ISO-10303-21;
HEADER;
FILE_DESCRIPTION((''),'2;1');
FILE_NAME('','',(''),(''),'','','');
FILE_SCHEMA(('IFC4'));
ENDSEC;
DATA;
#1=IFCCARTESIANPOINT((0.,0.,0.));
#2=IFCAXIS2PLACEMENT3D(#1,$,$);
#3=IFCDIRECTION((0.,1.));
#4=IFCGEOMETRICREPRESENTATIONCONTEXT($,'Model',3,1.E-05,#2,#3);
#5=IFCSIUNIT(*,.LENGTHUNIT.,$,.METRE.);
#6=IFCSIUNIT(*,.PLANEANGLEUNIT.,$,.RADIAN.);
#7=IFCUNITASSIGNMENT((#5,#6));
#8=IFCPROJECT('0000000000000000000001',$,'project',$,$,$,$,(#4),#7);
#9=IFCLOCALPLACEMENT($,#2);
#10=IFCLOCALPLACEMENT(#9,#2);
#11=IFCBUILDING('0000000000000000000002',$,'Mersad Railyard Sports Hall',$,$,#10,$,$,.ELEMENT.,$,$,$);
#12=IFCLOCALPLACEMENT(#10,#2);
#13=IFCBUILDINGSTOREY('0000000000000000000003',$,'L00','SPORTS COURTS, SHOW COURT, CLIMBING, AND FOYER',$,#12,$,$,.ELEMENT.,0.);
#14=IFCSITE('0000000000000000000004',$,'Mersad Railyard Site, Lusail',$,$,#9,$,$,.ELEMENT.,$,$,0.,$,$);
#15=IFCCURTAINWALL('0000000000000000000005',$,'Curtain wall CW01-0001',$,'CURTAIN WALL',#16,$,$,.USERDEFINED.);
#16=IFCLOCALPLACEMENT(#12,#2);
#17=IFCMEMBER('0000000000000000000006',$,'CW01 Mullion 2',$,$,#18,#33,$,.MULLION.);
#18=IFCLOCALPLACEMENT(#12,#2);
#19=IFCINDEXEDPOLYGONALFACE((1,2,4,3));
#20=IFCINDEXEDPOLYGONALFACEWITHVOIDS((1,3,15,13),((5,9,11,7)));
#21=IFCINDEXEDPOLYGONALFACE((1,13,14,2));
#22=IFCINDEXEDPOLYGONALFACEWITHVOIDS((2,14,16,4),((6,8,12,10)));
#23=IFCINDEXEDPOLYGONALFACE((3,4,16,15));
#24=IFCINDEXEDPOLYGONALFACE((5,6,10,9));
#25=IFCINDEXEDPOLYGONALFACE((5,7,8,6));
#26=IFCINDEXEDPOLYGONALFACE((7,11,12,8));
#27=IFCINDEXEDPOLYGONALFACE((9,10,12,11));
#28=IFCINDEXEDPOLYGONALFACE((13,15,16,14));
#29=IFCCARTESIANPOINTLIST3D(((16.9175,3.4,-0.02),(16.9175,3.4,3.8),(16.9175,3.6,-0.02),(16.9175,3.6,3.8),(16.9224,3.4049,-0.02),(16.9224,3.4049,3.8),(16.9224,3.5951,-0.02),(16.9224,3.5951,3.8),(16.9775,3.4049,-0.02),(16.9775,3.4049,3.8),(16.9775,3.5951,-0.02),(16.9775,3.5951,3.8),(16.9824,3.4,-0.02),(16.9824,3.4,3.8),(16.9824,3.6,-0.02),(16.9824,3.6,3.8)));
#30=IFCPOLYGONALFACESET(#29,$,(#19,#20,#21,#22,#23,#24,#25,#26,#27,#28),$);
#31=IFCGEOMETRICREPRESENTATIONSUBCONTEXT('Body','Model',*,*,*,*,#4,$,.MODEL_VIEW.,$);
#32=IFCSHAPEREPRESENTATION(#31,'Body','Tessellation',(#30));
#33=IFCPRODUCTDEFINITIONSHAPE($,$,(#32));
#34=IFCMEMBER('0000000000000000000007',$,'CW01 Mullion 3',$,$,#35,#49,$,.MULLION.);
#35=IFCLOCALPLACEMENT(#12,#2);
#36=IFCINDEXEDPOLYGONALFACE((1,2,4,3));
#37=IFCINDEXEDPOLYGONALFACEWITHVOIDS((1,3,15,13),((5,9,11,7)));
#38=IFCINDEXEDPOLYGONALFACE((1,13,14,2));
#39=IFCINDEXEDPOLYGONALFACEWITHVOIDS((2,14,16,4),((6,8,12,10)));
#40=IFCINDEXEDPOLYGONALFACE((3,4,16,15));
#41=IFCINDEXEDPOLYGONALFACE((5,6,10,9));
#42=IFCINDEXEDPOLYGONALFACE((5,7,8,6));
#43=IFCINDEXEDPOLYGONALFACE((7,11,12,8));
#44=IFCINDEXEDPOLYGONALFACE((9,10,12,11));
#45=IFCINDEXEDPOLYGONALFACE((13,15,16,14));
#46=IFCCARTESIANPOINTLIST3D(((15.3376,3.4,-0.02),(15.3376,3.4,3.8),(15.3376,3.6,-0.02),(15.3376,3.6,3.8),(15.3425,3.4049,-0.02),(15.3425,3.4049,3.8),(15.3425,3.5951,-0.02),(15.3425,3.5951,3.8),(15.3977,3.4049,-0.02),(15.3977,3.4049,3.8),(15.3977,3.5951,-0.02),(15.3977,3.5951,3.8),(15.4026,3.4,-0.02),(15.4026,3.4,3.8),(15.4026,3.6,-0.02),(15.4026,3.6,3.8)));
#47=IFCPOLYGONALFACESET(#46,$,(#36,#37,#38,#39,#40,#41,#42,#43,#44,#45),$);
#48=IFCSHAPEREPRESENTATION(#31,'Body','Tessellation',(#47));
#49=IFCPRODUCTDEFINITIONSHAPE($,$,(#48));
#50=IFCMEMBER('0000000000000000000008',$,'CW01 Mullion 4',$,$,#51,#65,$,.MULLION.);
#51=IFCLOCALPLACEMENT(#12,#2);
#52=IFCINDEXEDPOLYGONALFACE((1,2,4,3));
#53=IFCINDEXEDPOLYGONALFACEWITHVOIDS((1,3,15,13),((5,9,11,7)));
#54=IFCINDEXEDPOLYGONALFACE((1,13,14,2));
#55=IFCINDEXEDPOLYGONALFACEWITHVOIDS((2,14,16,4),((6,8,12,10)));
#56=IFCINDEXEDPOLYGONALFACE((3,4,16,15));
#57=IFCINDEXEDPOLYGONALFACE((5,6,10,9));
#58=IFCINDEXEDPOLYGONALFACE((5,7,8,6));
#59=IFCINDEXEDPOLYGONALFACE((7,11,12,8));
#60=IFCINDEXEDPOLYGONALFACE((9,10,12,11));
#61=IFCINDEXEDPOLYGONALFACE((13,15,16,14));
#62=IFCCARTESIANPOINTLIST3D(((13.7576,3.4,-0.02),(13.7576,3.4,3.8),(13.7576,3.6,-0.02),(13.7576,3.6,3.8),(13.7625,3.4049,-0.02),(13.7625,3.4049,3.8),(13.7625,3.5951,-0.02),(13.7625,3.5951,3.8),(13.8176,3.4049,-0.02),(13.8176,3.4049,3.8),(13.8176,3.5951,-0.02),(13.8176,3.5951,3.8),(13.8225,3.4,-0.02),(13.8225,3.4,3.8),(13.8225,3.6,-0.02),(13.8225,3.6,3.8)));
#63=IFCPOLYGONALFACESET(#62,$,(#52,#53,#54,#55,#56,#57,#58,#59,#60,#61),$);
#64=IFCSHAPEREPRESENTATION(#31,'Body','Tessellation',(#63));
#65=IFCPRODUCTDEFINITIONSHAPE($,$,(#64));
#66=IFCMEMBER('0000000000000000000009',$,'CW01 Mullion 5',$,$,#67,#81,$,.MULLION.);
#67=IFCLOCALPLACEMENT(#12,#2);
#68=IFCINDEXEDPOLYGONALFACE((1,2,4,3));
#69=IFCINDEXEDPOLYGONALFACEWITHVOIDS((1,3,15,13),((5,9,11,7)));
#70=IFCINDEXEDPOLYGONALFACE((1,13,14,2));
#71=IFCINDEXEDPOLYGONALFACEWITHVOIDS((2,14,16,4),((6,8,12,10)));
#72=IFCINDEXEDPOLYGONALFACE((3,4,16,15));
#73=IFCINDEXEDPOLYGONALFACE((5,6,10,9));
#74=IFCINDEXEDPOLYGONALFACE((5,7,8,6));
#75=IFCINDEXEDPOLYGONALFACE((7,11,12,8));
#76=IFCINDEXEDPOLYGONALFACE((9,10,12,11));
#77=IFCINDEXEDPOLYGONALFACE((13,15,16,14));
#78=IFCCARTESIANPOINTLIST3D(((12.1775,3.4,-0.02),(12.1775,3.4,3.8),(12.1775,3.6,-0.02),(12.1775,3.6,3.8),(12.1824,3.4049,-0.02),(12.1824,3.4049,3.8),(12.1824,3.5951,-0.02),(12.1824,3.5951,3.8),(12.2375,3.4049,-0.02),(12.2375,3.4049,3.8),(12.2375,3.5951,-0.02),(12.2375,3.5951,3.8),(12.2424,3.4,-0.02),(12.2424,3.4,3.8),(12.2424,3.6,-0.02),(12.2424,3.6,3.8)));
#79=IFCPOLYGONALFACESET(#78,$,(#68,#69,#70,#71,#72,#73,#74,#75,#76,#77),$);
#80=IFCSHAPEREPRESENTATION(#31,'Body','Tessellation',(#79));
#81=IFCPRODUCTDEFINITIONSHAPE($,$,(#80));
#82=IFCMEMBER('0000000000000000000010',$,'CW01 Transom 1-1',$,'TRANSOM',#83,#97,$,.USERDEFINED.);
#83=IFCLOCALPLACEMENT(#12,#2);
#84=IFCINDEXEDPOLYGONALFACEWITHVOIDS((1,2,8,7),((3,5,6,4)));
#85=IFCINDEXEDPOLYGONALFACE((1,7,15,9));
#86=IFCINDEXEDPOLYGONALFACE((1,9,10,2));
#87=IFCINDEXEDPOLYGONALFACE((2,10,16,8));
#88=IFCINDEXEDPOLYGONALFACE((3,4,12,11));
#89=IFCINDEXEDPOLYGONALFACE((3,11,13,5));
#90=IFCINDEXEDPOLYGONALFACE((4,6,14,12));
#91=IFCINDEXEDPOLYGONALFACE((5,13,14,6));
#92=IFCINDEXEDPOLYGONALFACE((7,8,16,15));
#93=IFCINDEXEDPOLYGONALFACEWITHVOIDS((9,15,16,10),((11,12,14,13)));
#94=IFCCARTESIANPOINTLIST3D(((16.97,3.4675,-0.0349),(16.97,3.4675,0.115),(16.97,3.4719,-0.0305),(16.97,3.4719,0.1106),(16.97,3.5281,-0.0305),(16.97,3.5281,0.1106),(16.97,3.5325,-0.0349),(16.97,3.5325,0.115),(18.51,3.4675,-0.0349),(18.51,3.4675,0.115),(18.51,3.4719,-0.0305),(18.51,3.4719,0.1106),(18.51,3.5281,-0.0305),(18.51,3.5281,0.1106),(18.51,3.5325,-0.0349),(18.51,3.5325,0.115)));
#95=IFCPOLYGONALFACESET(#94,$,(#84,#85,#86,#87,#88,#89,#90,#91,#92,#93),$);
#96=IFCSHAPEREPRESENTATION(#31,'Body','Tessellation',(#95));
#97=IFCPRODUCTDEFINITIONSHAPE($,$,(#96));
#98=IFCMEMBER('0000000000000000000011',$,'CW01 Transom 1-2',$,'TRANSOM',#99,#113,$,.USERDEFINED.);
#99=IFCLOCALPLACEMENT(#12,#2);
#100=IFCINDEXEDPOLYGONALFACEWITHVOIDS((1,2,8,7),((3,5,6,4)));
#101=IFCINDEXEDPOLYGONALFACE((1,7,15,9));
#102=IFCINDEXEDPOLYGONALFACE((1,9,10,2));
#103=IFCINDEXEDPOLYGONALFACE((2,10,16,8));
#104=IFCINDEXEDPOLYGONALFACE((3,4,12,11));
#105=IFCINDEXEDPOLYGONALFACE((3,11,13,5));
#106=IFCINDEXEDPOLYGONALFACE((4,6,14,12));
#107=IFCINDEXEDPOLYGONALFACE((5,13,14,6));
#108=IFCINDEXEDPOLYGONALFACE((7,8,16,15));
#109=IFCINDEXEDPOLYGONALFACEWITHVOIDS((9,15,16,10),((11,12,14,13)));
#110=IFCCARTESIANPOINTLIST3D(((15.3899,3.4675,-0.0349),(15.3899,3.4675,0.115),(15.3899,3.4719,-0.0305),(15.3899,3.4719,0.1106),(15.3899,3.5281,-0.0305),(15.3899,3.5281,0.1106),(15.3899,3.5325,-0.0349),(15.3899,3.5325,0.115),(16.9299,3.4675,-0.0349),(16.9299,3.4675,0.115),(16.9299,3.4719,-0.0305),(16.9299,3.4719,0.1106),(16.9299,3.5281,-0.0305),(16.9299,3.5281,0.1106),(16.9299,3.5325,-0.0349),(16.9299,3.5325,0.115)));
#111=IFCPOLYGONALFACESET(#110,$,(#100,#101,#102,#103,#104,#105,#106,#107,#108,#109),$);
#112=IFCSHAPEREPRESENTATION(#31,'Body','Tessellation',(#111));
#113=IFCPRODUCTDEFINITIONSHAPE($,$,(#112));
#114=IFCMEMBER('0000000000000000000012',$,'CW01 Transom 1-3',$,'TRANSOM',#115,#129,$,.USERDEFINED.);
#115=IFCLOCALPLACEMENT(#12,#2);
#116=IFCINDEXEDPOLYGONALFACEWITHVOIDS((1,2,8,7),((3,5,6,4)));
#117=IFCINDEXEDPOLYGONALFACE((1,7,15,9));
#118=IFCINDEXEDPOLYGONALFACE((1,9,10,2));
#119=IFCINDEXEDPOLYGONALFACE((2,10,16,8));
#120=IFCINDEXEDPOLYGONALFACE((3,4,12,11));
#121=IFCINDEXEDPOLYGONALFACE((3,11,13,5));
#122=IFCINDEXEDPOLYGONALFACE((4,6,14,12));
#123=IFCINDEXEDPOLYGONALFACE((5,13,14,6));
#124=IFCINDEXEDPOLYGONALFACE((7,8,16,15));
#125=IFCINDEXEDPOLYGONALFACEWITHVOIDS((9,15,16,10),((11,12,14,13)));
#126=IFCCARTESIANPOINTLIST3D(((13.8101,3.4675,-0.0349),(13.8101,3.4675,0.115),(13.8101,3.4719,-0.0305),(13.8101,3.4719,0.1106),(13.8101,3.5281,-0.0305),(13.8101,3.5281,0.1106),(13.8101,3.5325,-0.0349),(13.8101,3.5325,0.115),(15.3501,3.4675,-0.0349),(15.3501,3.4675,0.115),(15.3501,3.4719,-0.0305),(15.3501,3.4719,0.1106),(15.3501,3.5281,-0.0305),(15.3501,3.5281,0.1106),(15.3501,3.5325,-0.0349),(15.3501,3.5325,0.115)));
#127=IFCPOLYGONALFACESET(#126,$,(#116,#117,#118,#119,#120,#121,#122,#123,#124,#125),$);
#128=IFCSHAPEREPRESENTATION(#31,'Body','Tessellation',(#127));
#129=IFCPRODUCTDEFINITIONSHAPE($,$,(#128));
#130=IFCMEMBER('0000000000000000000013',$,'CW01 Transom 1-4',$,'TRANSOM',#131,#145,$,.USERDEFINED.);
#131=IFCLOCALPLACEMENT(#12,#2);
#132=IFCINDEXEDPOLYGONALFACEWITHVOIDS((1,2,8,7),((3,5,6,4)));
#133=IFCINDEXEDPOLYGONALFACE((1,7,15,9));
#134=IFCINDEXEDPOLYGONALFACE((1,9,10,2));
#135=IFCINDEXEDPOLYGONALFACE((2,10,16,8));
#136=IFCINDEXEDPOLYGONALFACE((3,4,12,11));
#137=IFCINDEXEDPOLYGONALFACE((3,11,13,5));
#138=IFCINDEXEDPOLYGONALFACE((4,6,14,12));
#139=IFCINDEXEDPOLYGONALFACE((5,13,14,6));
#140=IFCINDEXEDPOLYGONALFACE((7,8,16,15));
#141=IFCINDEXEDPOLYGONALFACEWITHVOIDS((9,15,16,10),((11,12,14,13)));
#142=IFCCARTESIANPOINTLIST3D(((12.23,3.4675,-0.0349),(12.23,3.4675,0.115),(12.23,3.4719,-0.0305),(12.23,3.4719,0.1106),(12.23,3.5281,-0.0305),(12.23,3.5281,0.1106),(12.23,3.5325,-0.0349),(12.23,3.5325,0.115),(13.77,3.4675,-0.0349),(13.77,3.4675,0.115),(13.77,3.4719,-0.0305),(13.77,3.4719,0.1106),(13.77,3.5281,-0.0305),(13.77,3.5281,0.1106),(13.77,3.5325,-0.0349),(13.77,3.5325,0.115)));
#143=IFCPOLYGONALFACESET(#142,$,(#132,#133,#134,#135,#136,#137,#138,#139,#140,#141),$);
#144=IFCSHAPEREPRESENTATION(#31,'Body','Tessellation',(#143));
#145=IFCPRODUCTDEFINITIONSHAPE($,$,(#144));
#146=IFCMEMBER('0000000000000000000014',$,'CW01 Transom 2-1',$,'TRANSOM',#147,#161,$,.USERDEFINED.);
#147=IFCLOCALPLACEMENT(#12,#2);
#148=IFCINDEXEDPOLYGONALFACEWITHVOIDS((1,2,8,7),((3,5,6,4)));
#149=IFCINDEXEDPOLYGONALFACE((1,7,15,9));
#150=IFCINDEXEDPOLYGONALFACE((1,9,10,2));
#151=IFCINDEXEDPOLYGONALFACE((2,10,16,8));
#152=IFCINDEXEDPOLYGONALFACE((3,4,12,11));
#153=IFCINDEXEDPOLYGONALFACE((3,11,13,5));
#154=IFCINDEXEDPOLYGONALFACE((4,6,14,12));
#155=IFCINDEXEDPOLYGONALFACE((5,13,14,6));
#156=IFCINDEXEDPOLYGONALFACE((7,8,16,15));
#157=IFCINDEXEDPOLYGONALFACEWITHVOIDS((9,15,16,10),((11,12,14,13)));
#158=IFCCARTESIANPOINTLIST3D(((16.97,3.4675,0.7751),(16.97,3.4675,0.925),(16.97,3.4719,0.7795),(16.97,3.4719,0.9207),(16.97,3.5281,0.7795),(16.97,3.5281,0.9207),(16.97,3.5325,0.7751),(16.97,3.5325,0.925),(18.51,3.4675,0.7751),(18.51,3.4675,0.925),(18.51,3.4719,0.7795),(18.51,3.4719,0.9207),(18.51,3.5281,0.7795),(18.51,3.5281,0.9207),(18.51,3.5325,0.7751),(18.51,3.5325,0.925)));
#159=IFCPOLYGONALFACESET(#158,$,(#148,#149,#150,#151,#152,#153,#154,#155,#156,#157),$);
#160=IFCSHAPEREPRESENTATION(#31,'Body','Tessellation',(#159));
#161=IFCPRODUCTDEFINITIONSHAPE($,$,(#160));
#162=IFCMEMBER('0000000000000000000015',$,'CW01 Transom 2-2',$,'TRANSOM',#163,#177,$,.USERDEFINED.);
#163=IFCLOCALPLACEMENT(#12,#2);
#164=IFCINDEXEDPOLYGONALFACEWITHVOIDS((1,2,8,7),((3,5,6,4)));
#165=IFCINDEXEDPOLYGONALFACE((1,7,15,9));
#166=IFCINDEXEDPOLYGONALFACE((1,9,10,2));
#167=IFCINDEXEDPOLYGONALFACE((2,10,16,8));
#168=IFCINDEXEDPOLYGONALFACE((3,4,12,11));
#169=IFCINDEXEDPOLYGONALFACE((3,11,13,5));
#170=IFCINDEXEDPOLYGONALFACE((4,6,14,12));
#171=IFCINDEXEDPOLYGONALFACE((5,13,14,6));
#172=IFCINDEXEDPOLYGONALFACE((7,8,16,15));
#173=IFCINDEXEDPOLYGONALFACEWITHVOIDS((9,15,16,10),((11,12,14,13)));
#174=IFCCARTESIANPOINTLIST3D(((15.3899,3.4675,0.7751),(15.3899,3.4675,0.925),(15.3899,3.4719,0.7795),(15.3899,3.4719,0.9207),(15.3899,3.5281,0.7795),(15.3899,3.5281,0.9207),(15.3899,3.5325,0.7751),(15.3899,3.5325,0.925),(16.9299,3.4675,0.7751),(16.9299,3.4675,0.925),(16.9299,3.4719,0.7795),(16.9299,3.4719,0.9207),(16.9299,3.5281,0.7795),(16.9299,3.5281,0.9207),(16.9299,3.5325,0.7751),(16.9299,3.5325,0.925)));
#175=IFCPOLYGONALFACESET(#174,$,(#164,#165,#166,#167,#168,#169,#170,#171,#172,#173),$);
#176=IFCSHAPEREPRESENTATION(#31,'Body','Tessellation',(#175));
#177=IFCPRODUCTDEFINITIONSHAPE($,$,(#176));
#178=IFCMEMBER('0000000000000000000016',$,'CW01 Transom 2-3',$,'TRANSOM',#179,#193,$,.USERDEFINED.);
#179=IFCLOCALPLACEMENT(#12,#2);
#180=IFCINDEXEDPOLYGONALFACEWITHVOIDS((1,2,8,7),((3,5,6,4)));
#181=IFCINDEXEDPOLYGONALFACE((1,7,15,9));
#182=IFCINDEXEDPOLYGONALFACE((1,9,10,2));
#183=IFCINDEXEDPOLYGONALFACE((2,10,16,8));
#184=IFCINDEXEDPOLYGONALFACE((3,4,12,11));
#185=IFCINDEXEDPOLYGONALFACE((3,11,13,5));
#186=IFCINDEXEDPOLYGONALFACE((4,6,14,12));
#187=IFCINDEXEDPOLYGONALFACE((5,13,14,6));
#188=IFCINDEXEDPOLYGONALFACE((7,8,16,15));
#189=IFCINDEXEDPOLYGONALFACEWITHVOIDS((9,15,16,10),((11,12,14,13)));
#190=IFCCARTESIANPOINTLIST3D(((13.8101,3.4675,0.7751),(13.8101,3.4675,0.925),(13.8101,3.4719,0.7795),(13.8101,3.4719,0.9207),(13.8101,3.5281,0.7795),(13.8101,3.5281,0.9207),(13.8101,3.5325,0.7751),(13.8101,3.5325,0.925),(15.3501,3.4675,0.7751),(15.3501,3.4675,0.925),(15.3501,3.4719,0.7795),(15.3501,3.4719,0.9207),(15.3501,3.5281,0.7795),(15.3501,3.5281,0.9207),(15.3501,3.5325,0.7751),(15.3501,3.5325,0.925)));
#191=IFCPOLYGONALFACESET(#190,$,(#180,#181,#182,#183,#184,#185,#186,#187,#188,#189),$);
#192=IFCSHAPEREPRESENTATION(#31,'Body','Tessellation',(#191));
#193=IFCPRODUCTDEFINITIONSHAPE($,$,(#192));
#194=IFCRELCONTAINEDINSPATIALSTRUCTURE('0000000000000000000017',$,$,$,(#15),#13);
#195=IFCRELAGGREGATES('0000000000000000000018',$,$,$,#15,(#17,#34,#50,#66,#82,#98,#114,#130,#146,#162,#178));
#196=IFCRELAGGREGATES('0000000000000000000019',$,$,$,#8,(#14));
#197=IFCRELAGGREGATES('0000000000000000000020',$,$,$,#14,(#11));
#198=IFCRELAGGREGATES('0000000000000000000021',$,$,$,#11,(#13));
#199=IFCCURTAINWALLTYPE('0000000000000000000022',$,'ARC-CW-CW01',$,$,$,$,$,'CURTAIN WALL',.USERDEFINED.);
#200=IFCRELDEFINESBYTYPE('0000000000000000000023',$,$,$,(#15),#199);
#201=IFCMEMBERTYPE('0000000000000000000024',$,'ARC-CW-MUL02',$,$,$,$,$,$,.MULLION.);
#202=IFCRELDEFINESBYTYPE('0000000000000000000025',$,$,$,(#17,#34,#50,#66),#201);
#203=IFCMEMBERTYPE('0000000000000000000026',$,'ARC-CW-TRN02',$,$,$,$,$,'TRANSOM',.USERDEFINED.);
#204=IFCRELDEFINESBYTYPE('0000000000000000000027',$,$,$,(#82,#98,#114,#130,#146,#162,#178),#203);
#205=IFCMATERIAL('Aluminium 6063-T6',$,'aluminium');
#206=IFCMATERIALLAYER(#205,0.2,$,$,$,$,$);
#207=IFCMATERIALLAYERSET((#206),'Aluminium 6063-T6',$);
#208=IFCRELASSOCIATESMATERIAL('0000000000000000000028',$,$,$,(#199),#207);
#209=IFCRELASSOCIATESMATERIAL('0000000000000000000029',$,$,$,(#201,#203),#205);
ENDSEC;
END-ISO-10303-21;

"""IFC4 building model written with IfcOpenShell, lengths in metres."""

from ifc_helpers import new_model, si_unit, direction, frame, origin, origin_2d, place, context, subcontext, project, spatial, hollow_rectangle, extrude, material, layer, layer_set, material_profile, profile_set, type_object, element, aggregate, save


model = new_model("IFC4")

# Units and contexts
model_context = context("Model", 3, precision=1e-05, world=origin(), true_north=direction((0.0, 1.0)))
body_context = subcontext(model_context, "Body", "Model", "MODEL_VIEW")
ifc_project = project(units=[si_unit("LENGTHUNIT", "METRE"), si_unit("PLANEANGLEUNIT", "RADIAN")], contexts=[model_context])

# Site, building, storey
site_placement = place(None, origin())
site = spatial("IfcSite", under=ifc_project, at=site_placement, Name="Mersad Railyard Site, Lusail", CompositionType="ELEMENT", RefElevation=0.0)
building_placement = place(site_placement, origin())
building = spatial("IfcBuilding", under=site, at=building_placement, Name="Mersad Railyard Sports Hall", CompositionType="ELEMENT")
storey_placement = place(building_placement, origin())
storey = spatial("IfcBuildingStorey", under=building, at=storey_placement, Name="L00", Description="SPORTS COURTS, SHOW COURT, CLIMBING, AND FOYER", CompositionType="ELEMENT", Elevation=0.0)

# Curtain wall, members
ifc_material_1 = material(Name="Aluminium 6063-T6", Category="aluminium")
ifc_layer_1 = layer(ifc_material_1, 0.2)
ifc_layer_set_1 = layer_set([ifc_layer_1], Name="Aluminium 6063-T6")
curtain_wall_type = type_object("IfcCurtainWallType", Name="ARC-CW-CW01", ElementType="CURTAIN WALL", PredefinedType="USERDEFINED", material=ifc_layer_set_1)
curtain_wall_placement = place(storey_placement, origin())
curtain_wall = element("IfcCurtainWall", 1, at=curtain_wall_placement, inside=storey, type_object=curtain_wall_type, Name="Curtain wall CW01-0001", ObjectType="CURTAIN WALL", PredefinedType="USERDEFINED")
ifc_material_profile_1 = material_profile(ifc_material_1, hollow_rectangle(XDim=0.0649, YDim=0.2, WallThickness=0.0049, at=origin_2d()), Name="AL MULLION 65x200x5")
ifc_profile_set_1 = profile_set([ifc_material_profile_1], Name="Aluminium 6063-T6")
member_type_1 = type_object("IfcMemberType", Name="ARC-CW-MUL02", PredefinedType="MULLION", material=ifc_profile_set_1)
member_1_placement = place(storey_placement, frame((16.95, 3.5, -0.02), z_axis=(0.0, 0.0, 1.0), x_axis=(1.0, 0.0, 0.0)))
member_1 = element("IfcMember", 2, at=member_1_placement, type_object=member_type_1, Name="CW01 Mullion 2", PredefinedType="MULLION", context=body_context, shape_type="SweptSolid", body=[
    extrude(hollow_rectangle(XDim=0.0649, YDim=0.2, WallThickness=0.0049, at=origin_2d()), origin(), (0.0, 0.0, 1.0), 3.8201),
])
member_2_placement = place(storey_placement, frame((15.3701, 3.5, -0.02), z_axis=(0.0, 0.0, 1.0), x_axis=(1.0, 0.0, 0.0)))
member_2 = element("IfcMember", 3, at=member_2_placement, type_object=member_type_1, Name="CW01 Mullion 3", PredefinedType="MULLION", context=body_context, shape_type="SweptSolid", body=[
    extrude(hollow_rectangle(XDim=0.0649, YDim=0.2, WallThickness=0.0049, at=origin_2d()), origin(), (0.0, 0.0, 1.0), 3.8201),
])
member_3_placement = place(storey_placement, frame((13.79, 3.5, -0.02), z_axis=(0.0, 0.0, 1.0), x_axis=(1.0, 0.0, 0.0)))
member_3 = element("IfcMember", 4, at=member_3_placement, type_object=member_type_1, Name="CW01 Mullion 4", PredefinedType="MULLION", context=body_context, shape_type="SweptSolid", body=[
    extrude(hollow_rectangle(XDim=0.0649, YDim=0.2, WallThickness=0.0049, at=origin_2d()), origin(), (0.0, 0.0, 1.0), 3.8201),
])
member_4_placement = place(storey_placement, frame((12.21, 3.5, -0.02), z_axis=(0.0, 0.0, 1.0), x_axis=(1.0, 0.0, 0.0)))
member_4 = element("IfcMember", 5, at=member_4_placement, type_object=member_type_1, Name="CW01 Mullion 5", PredefinedType="MULLION", context=body_context, shape_type="SweptSolid", body=[
    extrude(hollow_rectangle(XDim=0.0649, YDim=0.2, WallThickness=0.0049, at=origin_2d()), origin(), (0.0, 0.0, 1.0), 3.8201),
])
ifc_material_profile_2 = material_profile(ifc_material_1, hollow_rectangle(XDim=0.0649, YDim=0.1499, WallThickness=0.0044, at=origin_2d()), Name="AL TRANSOM 65x150x4.5")
ifc_profile_set_2 = profile_set([ifc_material_profile_2], Name="Aluminium 6063-T6")
member_type_2 = type_object("IfcMemberType", Name="ARC-CW-TRN02", ElementType="TRANSOM", PredefinedType="USERDEFINED", material=ifc_profile_set_2)
member_5_placement = place(storey_placement, frame((18.51, 3.5, 0.04), z_axis=(-1.0, 0.0, 0.0), x_axis=(0.0, -1.0, 0.0)))
member_5 = element("IfcMember", 6, at=member_5_placement, type_object=member_type_2, Name="CW01 Transom 1-1", ObjectType="TRANSOM", PredefinedType="USERDEFINED", context=body_context, shape_type="SweptSolid", body=[
    extrude(hollow_rectangle(XDim=0.0649, YDim=0.1499, WallThickness=0.0044, at=origin_2d()), origin(), (0.0, 0.0, 1.0), 1.54),
])
member_6_placement = place(storey_placement, frame((16.9299, 3.5, 0.04), z_axis=(-1.0, 0.0, 0.0), x_axis=(0.0, -1.0, 0.0)))
member_6 = element("IfcMember", 7, at=member_6_placement, type_object=member_type_2, Name="CW01 Transom 1-2", ObjectType="TRANSOM", PredefinedType="USERDEFINED", context=body_context, shape_type="SweptSolid", body=[
    extrude(hollow_rectangle(XDim=0.0649, YDim=0.1499, WallThickness=0.0044, at=origin_2d()), origin(), (0.0, 0.0, 1.0), 1.54),
])
member_7_placement = place(storey_placement, frame((15.3501, 3.5, 0.04), z_axis=(-1.0, 0.0, 0.0), x_axis=(0.0, -1.0, 0.0)))
member_7 = element("IfcMember", 8, at=member_7_placement, type_object=member_type_2, Name="CW01 Transom 1-3", ObjectType="TRANSOM", PredefinedType="USERDEFINED", context=body_context, shape_type="SweptSolid", body=[
    extrude(hollow_rectangle(XDim=0.0649, YDim=0.1499, WallThickness=0.0044, at=origin_2d()), origin(), (0.0, 0.0, 1.0), 1.54),
])
member_8_placement = place(storey_placement, frame((13.77, 3.5, 0.04), z_axis=(-1.0, 0.0, 0.0), x_axis=(0.0, -1.0, 0.0)))
member_8 = element("IfcMember", 9, at=member_8_placement, type_object=member_type_2, Name="CW01 Transom 1-4", ObjectType="TRANSOM", PredefinedType="USERDEFINED", context=body_context, shape_type="SweptSolid", body=[
    extrude(hollow_rectangle(XDim=0.0649, YDim=0.1499, WallThickness=0.0044, at=origin_2d()), origin(), (0.0, 0.0, 1.0), 1.54),
])
member_9_placement = place(storey_placement, frame((18.51, 3.5, 0.8501), z_axis=(-1.0, 0.0, 0.0), x_axis=(0.0, -1.0, 0.0)))
member_9 = element("IfcMember", 10, at=member_9_placement, type_object=member_type_2, Name="CW01 Transom 2-1", ObjectType="TRANSOM", PredefinedType="USERDEFINED", context=body_context, shape_type="SweptSolid", body=[
    extrude(hollow_rectangle(XDim=0.0649, YDim=0.1499, WallThickness=0.0044, at=origin_2d()), origin(), (0.0, 0.0, 1.0), 1.54),
])
member_10_placement = place(storey_placement, frame((16.9299, 3.5, 0.8501), z_axis=(-1.0, 0.0, 0.0), x_axis=(0.0, -1.0, 0.0)))
member_10 = element("IfcMember", 11, at=member_10_placement, type_object=member_type_2, Name="CW01 Transom 2-2", ObjectType="TRANSOM", PredefinedType="USERDEFINED", context=body_context, shape_type="SweptSolid", body=[
    extrude(hollow_rectangle(XDim=0.0649, YDim=0.1499, WallThickness=0.0044, at=origin_2d()), origin(), (0.0, 0.0, 1.0), 1.54),
])
member_11_placement = place(storey_placement, frame((15.3501, 3.5, 0.8501), z_axis=(-1.0, 0.0, 0.0), x_axis=(0.0, -1.0, 0.0)))
member_11 = element("IfcMember", 12, at=member_11_placement, type_object=member_type_2, Name="CW01 Transom 2-3", ObjectType="TRANSOM", PredefinedType="USERDEFINED", context=body_context, shape_type="SweptSolid", body=[
    extrude(hollow_rectangle(XDim=0.0649, YDim=0.1499, WallThickness=0.0044, at=origin_2d()), origin(), (0.0, 0.0, 1.0), 1.54),
])
aggregate(curtain_wall, [member_1, member_2, member_3, member_4, member_5, member_6, member_7, member_8, member_9, member_10, member_11])

save(model, "model.ifc")
